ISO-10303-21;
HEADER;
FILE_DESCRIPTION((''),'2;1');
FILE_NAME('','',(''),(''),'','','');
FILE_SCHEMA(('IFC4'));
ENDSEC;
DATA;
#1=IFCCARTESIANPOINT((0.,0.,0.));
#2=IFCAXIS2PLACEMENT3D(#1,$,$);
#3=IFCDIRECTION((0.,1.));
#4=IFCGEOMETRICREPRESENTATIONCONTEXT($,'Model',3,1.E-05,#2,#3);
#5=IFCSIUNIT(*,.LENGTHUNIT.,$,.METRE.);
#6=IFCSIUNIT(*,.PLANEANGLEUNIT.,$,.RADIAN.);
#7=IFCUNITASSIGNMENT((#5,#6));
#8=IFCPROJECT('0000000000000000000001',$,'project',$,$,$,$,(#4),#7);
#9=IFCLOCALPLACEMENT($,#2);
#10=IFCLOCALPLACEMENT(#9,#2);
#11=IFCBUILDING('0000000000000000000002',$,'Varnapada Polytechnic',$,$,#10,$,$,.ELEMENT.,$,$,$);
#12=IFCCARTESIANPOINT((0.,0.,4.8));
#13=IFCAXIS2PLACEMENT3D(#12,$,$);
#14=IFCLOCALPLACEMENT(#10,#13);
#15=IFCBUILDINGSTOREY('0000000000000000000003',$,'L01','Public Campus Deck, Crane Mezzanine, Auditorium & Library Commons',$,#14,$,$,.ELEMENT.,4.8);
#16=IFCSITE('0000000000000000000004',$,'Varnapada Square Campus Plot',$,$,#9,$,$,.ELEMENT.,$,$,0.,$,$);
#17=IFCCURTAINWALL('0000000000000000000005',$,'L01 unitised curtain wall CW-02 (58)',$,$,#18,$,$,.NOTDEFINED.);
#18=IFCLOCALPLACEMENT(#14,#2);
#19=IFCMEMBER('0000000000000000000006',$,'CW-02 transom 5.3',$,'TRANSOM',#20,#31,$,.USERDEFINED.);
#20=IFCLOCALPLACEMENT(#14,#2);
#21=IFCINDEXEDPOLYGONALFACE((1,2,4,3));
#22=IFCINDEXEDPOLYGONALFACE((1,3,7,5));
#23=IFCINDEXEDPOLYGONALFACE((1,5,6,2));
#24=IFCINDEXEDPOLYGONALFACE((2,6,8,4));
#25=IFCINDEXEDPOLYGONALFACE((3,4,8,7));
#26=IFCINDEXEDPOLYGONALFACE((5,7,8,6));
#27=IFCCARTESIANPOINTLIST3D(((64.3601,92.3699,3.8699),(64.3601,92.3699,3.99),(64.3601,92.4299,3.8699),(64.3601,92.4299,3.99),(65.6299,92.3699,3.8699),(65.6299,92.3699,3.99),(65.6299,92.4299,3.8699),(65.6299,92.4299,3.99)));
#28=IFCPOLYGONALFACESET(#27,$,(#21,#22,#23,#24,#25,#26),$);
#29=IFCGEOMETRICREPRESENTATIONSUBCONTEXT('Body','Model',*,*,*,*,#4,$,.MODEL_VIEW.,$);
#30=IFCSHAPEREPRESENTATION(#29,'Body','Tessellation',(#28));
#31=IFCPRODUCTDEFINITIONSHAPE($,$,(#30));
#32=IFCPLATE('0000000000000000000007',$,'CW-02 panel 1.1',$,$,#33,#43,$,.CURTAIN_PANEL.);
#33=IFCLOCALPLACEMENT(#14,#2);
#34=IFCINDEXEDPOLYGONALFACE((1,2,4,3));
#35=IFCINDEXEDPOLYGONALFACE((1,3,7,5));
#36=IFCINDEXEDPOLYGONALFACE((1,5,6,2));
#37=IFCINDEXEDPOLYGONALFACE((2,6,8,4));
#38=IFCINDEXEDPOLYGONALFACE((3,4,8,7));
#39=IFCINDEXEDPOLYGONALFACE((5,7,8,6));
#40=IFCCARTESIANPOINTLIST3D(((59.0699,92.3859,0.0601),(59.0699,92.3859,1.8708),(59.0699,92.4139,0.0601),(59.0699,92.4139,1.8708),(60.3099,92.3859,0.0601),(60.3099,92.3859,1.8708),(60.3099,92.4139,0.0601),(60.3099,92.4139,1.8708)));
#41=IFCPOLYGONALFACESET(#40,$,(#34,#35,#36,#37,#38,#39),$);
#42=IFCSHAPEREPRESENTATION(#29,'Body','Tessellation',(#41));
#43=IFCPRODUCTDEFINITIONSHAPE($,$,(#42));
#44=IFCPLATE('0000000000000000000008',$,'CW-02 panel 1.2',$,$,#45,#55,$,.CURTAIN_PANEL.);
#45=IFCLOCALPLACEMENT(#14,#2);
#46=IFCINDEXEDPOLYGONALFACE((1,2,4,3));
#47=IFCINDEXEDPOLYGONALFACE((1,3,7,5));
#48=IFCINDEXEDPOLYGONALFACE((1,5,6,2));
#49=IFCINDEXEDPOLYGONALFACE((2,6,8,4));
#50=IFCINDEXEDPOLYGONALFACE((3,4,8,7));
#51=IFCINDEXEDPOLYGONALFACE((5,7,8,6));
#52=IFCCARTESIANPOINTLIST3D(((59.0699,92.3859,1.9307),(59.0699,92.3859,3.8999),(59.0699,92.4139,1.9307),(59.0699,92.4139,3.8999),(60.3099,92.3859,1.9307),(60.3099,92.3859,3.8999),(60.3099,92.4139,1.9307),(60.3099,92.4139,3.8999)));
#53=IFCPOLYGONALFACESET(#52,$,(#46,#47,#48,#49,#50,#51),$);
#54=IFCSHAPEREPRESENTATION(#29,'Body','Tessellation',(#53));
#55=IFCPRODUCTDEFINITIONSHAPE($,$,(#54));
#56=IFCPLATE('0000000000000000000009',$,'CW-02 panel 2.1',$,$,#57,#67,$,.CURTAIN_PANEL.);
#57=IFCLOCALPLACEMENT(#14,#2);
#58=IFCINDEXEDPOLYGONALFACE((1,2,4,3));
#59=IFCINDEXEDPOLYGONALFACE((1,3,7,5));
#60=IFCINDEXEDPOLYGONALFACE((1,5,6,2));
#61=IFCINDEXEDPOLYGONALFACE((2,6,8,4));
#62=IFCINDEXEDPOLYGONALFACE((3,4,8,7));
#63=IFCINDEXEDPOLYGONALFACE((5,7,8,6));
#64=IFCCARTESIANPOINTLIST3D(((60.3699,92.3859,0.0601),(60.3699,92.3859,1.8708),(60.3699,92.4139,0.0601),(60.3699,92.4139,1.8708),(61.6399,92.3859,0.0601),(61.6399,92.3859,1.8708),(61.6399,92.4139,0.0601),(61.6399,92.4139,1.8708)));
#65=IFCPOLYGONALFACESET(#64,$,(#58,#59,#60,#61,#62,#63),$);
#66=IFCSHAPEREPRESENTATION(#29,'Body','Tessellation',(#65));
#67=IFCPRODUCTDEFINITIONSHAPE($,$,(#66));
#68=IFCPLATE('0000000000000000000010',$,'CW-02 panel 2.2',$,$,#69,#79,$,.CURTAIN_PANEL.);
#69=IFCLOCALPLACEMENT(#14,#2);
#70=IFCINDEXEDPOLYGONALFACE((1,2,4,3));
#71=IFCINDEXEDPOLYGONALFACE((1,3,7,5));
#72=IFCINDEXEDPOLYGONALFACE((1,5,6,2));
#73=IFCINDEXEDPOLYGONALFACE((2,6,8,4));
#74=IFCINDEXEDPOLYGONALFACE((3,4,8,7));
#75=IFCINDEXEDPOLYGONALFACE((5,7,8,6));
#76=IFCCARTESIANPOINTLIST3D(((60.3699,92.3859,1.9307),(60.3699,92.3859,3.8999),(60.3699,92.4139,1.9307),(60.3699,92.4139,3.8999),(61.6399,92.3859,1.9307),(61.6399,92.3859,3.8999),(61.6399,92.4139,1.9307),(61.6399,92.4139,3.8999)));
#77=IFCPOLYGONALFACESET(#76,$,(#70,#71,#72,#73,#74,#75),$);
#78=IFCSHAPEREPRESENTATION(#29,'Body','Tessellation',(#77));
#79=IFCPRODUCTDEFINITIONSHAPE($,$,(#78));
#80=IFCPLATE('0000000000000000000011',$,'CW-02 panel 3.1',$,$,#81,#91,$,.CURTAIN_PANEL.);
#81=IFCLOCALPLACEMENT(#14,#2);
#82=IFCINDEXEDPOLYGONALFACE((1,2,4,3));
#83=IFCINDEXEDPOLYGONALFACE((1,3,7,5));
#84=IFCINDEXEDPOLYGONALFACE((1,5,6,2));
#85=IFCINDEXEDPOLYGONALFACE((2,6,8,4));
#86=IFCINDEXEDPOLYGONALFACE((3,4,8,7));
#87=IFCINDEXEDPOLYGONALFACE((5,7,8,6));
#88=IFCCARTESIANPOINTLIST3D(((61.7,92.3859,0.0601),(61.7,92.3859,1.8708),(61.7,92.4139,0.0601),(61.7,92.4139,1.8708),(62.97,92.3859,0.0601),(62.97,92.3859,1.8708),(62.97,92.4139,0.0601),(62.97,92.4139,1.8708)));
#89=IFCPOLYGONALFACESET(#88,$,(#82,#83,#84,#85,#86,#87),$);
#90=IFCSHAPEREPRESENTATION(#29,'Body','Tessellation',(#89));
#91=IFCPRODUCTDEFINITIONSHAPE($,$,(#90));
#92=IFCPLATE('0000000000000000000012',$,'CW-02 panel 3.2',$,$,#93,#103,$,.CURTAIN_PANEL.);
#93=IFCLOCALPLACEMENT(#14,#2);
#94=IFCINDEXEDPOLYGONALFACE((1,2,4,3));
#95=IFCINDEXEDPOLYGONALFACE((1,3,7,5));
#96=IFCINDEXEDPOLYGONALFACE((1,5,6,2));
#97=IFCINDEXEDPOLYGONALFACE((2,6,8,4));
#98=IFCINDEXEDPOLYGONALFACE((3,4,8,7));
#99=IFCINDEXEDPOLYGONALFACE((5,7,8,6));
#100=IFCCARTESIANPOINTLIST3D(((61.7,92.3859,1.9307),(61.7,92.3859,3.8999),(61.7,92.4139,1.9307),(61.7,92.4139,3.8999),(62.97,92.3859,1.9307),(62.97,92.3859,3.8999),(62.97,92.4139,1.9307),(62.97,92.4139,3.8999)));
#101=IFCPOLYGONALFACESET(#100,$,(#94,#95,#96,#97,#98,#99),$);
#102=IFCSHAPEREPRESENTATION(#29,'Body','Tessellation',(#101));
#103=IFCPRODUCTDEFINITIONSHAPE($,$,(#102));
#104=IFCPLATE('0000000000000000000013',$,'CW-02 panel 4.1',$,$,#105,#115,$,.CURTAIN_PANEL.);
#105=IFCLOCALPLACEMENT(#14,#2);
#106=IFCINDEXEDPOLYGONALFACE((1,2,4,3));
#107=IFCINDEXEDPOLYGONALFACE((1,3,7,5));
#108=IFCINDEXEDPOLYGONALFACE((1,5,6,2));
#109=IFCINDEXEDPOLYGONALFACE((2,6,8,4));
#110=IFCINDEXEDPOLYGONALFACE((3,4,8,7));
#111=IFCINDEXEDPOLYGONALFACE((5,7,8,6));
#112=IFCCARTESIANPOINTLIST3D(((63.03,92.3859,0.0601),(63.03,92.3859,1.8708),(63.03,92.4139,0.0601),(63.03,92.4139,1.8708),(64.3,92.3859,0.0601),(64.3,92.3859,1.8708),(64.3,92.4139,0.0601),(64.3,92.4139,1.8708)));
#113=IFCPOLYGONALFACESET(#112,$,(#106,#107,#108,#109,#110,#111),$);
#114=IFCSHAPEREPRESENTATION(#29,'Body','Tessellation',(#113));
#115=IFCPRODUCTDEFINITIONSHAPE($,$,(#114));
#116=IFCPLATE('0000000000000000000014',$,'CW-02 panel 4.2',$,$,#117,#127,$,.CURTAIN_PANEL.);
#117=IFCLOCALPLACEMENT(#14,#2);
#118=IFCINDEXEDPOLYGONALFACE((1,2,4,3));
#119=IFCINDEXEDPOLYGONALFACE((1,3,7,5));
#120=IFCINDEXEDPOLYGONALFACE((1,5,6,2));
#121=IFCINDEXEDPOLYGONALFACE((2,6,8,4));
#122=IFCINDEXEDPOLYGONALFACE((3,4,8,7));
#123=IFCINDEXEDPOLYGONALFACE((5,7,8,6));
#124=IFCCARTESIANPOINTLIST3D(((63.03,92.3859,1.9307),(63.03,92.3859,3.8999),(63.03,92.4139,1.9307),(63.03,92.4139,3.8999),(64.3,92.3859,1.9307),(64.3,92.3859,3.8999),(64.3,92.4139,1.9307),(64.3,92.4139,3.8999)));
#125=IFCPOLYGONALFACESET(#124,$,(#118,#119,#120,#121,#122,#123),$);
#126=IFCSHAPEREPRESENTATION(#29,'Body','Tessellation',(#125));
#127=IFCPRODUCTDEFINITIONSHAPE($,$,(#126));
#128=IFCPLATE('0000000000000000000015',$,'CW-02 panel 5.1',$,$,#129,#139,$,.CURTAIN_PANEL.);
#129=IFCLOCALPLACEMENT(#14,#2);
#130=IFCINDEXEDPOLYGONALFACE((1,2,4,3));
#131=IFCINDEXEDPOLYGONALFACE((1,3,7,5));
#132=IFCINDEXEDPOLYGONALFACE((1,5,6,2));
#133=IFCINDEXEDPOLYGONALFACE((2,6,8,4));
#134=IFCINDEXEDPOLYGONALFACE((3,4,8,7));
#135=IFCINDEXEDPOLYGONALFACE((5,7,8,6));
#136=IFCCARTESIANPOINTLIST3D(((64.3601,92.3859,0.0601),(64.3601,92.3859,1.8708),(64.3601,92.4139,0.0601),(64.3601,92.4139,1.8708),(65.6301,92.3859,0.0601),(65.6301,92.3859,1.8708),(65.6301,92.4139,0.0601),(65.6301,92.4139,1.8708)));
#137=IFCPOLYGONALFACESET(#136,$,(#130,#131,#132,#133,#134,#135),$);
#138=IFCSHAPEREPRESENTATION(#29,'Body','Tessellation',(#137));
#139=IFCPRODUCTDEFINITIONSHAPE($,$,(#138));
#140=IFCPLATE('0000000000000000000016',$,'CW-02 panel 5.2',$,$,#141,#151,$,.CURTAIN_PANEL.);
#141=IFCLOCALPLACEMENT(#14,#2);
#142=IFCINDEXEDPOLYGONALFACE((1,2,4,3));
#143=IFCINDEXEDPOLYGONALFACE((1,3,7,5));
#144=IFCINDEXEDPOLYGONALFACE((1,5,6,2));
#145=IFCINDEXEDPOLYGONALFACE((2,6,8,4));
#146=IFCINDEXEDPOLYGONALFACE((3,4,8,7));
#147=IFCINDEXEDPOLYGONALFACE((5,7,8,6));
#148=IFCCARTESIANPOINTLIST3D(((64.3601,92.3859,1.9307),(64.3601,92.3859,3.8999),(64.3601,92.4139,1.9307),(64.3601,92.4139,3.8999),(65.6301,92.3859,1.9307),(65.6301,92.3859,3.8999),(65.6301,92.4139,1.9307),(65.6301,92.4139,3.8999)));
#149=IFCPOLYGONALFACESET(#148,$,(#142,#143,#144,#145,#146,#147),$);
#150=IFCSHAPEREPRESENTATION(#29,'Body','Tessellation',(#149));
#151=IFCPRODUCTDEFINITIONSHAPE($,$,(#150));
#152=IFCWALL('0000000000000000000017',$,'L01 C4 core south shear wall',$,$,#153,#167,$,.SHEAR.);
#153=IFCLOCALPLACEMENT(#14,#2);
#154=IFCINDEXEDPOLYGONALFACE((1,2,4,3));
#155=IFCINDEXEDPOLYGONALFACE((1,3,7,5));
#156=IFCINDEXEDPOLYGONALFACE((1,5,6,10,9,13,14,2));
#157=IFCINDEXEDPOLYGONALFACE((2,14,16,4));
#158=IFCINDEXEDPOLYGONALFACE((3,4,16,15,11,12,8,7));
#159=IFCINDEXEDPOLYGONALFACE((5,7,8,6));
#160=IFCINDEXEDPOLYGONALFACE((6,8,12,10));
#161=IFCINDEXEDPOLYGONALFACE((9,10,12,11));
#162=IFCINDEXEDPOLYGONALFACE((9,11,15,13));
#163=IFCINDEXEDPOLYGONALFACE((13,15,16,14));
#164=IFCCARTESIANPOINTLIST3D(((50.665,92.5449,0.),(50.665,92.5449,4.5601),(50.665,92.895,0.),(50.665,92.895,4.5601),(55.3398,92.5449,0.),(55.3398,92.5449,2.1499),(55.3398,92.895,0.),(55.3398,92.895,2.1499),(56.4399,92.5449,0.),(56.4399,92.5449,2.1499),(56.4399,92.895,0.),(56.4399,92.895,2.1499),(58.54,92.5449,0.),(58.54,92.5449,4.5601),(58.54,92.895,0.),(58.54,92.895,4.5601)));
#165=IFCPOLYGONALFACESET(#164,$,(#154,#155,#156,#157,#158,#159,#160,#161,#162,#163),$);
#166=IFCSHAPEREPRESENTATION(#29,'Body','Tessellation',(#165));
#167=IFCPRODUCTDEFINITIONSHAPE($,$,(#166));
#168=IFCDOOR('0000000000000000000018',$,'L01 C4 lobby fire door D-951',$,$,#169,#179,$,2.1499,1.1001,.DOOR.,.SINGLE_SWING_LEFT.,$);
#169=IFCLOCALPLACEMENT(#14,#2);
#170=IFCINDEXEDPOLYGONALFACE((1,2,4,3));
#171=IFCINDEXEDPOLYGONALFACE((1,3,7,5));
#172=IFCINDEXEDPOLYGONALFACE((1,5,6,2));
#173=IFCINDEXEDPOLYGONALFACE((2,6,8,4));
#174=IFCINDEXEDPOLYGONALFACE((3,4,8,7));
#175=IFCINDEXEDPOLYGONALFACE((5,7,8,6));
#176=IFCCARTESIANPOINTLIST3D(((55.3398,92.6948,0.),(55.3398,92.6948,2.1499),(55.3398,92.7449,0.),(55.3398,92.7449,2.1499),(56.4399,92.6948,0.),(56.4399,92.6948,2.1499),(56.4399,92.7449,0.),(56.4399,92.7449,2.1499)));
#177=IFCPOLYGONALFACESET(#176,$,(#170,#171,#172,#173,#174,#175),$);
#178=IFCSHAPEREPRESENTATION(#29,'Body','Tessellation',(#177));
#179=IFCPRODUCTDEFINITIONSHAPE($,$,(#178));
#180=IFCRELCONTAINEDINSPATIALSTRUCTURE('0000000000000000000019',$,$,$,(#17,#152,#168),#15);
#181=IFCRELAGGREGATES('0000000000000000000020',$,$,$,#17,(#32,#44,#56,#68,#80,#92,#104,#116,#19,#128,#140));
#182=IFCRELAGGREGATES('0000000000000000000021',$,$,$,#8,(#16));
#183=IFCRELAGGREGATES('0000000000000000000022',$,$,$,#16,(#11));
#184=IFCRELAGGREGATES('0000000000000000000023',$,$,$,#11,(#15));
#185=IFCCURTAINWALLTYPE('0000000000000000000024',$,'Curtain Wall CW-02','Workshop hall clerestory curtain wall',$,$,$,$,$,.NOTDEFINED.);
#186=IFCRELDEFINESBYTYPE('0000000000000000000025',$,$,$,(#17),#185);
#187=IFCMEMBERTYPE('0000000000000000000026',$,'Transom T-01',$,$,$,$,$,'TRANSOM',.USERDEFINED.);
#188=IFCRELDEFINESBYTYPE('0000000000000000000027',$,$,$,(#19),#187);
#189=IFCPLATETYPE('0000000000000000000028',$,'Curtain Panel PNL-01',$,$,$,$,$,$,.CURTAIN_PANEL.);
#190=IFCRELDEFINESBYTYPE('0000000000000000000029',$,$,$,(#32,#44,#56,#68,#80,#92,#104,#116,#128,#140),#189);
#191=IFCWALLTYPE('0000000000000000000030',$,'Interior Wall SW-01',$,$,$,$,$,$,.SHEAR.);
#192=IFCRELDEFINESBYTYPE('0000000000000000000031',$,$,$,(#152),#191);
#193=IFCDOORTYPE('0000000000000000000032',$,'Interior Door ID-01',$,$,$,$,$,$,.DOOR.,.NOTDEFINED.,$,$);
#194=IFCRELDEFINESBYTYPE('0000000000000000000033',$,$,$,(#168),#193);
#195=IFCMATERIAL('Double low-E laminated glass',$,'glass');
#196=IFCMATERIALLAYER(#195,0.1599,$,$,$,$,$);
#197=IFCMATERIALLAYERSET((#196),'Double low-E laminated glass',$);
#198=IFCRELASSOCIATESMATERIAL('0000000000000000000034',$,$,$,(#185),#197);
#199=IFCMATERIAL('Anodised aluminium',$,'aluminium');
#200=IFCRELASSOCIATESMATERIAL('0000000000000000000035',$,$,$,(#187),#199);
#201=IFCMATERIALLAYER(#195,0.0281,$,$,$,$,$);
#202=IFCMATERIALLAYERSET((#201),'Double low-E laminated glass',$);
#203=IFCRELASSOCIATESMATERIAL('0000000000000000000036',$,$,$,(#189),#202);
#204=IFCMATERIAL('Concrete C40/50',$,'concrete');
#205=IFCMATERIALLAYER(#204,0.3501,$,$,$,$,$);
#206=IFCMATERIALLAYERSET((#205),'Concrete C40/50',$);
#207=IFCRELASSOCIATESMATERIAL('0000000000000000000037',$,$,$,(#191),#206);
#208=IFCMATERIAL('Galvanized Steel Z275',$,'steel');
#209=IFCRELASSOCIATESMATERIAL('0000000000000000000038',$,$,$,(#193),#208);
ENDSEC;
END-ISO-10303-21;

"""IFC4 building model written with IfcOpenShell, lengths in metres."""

from ifc_helpers import new_model, si_unit, direction, frame, frame_2d, origin, origin_2d, place, context, subcontext, project, spatial, rectangle, extrude, material, layer, layer_set, material_profile, profile_set, type_object, element, fill, aggregate, save


model = new_model("IFC4")

# Units and contexts
model_context = context("Model", 3, precision=1e-05, world=origin(), true_north=direction((0.0, 1.0)))
body_context = subcontext(model_context, "Body", "Model", "MODEL_VIEW")
ifc_project = project(units=[si_unit("LENGTHUNIT", "METRE"), si_unit("PLANEANGLEUNIT", "RADIAN")], contexts=[model_context])

# Site, building, storey
site_placement = place(None, origin())
site = spatial("IfcSite", under=ifc_project, at=site_placement, Name="Varnapada Square Campus Plot", CompositionType="ELEMENT", RefElevation=0.0)
building_placement = place(site_placement, origin())
building = spatial("IfcBuilding", under=site, at=building_placement, Name="Varnapada Polytechnic", CompositionType="ELEMENT")
storey_placement = place(building_placement, frame((0.0, 0.0, 4.8)))
storey = spatial("IfcBuildingStorey", under=building, at=storey_placement, Name="L01", Description="Public Campus Deck, Crane Mezzanine, Auditorium & Library Commons", CompositionType="ELEMENT", Elevation=4.8)

# Curtain wall, member, plates
ifc_material_1 = material(Name="Double low-E laminated glass", Category="glass")
ifc_layer_1 = layer(ifc_material_1, 0.1599)
ifc_layer_set_1 = layer_set([ifc_layer_1], Name="Double low-E laminated glass")
curtain_wall_type = type_object("IfcCurtainWallType", Name="Curtain Wall CW-02", Description="Workshop hall clerestory curtain wall", PredefinedType="NOTDEFINED", material=ifc_layer_set_1)
curtain_wall_placement = place(storey_placement, origin())
curtain_wall = element("IfcCurtainWall", 1, at=curtain_wall_placement, inside=storey, type_object=curtain_wall_type, Name="L01 unitised curtain wall CW-02 (58)", PredefinedType="NOTDEFINED")
ifc_material_2 = material(Name="Anodised aluminium", Category="aluminium")
ifc_material_profile_1 = material_profile(ifc_material_2, rectangle(XDim=0.0601, YDim=0.1201, at=origin_2d()), Name="ALU T60x120")
ifc_profile_set_1 = profile_set([ifc_material_profile_1], Name="Anodised aluminium")
member_type_1 = type_object("IfcMemberType", Name="Transom T-01", ElementType="TRANSOM", PredefinedType="USERDEFINED", material=ifc_profile_set_1)
member_1_placement = place(storey_placement, frame((64.3601, 92.3999, 3.9299), z_axis=(1.0, 0.0, 0.0), x_axis=(0.0, 1.0, 0.0)))
member_1 = element("IfcMember", 2, at=member_1_placement, type_object=member_type_1, Name="CW-02 transom 5.3", ObjectType="TRANSOM", PredefinedType="USERDEFINED", context=body_context, shape_type="SweptSolid", body=[
    extrude(rectangle(XDim=0.0601, YDim=0.1201, at=origin_2d()), origin(), (0.0, 0.0, 1.0), 1.2698),
])
ifc_layer_2 = layer(ifc_material_1, 0.0281)
ifc_layer_set_2 = layer_set([ifc_layer_2], Name="Double low-E laminated glass")
plate_type = type_object("IfcPlateType", Name="Curtain Panel PNL-01", PredefinedType="CURTAIN_PANEL", material=ifc_layer_set_2)
plate_1_placement = place(storey_placement, frame((59.6899, 92.3999, 0.0601), z_axis=(0.0, 0.0, 1.0), x_axis=(1.0, 0.0, 0.0)))
plate_1 = element("IfcPlate", 3, at=plate_1_placement, type_object=plate_type, Name="CW-02 panel 1.1", PredefinedType="CURTAIN_PANEL", context=body_context, shape_type="SweptSolid", body=[
    extrude(rectangle(XDim=1.24, YDim=0.0281, at=origin_2d()), origin(), (0.0, 0.0, 1.0), 1.8108),
])
plate_2_placement = place(storey_placement, frame((59.6899, 92.3999, 1.9307), z_axis=(0.0, 0.0, 1.0), x_axis=(1.0, 0.0, 0.0)))
plate_2 = element("IfcPlate", 4, at=plate_2_placement, type_object=plate_type, Name="CW-02 panel 1.2", PredefinedType="CURTAIN_PANEL", context=body_context, shape_type="SweptSolid", body=[
    extrude(rectangle(XDim=1.24, YDim=0.0281, at=origin_2d()), origin(), (0.0, 0.0, 1.0), 1.9692),
])
plate_3_placement = place(storey_placement, frame((61.0049, 92.3999, 0.0601), z_axis=(0.0, 0.0, 1.0), x_axis=(1.0, 0.0, 0.0)))
plate_3 = element("IfcPlate", 5, at=plate_3_placement, type_object=plate_type, Name="CW-02 panel 2.1", PredefinedType="CURTAIN_PANEL", context=body_context, shape_type="SweptSolid", body=[
    extrude(rectangle(XDim=1.27, YDim=0.0281, at=origin_2d()), origin(), (0.0, 0.0, 1.0), 1.8108),
])
plate_4_placement = place(storey_placement, frame((61.0049, 92.3999, 1.9307), z_axis=(0.0, 0.0, 1.0), x_axis=(1.0, 0.0, 0.0)))
plate_4 = element("IfcPlate", 6, at=plate_4_placement, type_object=plate_type, Name="CW-02 panel 2.2", PredefinedType="CURTAIN_PANEL", context=body_context, shape_type="SweptSolid", body=[
    extrude(rectangle(XDim=1.27, YDim=0.0281, at=origin_2d()), origin(), (0.0, 0.0, 1.0), 1.9692),
])
plate_5_placement = place(storey_placement, frame((62.335, 92.3999, 0.0601), z_axis=(0.0, 0.0, 1.0), x_axis=(1.0, 0.0, 0.0)))
plate_5 = element("IfcPlate", 7, at=plate_5_placement, type_object=plate_type, Name="CW-02 panel 3.1", PredefinedType="CURTAIN_PANEL", context=body_context, shape_type="SweptSolid", body=[
    extrude(rectangle(XDim=1.27, YDim=0.0281, at=origin_2d()), origin(), (0.0, 0.0, 1.0), 1.8108),
])
plate_6_placement = place(storey_placement, frame((62.335, 92.3999, 1.9307), z_axis=(0.0, 0.0, 1.0), x_axis=(1.0, 0.0, 0.0)))
plate_6 = element("IfcPlate", 8, at=plate_6_placement, type_object=plate_type, Name="CW-02 panel 3.2", PredefinedType="CURTAIN_PANEL", context=body_context, shape_type="SweptSolid", body=[
    extrude(rectangle(XDim=1.27, YDim=0.0281, at=origin_2d()), origin(), (0.0, 0.0, 1.0), 1.9692),
])
plate_7_placement = place(storey_placement, frame((63.665, 92.3999, 0.0601), z_axis=(0.0, 0.0, 1.0), x_axis=(1.0, 0.0, 0.0)))
plate_7 = element("IfcPlate", 9, at=plate_7_placement, type_object=plate_type, Name="CW-02 panel 4.1", PredefinedType="CURTAIN_PANEL", context=body_context, shape_type="SweptSolid", body=[
    extrude(rectangle(XDim=1.27, YDim=0.0281, at=origin_2d()), origin(), (0.0, 0.0, 1.0), 1.8108),
])
plate_8_placement = place(storey_placement, frame((63.665, 92.3999, 1.9307), z_axis=(0.0, 0.0, 1.0), x_axis=(1.0, 0.0, 0.0)))
plate_8 = element("IfcPlate", 10, at=plate_8_placement, type_object=plate_type, Name="CW-02 panel 4.2", PredefinedType="CURTAIN_PANEL", context=body_context, shape_type="SweptSolid", body=[
    extrude(rectangle(XDim=1.27, YDim=0.0281, at=origin_2d()), origin(), (0.0, 0.0, 1.0), 1.9692),
])
plate_9_placement = place(storey_placement, frame((64.9951, 92.3999, 0.0601), z_axis=(0.0, 0.0, 1.0), x_axis=(1.0, 0.0, 0.0)))
plate_9 = element("IfcPlate", 11, at=plate_9_placement, type_object=plate_type, Name="CW-02 panel 5.1", PredefinedType="CURTAIN_PANEL", context=body_context, shape_type="SweptSolid", body=[
    extrude(rectangle(XDim=1.27, YDim=0.0281, at=origin_2d()), origin(), (0.0, 0.0, 1.0), 1.8108),
])
plate_10_placement = place(storey_placement, frame((64.9951, 92.3999, 1.9307), z_axis=(0.0, 0.0, 1.0), x_axis=(1.0, 0.0, 0.0)))
plate_10 = element("IfcPlate", 12, at=plate_10_placement, type_object=plate_type, Name="CW-02 panel 5.2", PredefinedType="CURTAIN_PANEL", context=body_context, shape_type="SweptSolid", body=[
    extrude(rectangle(XDim=1.27, YDim=0.0281, at=origin_2d()), origin(), (0.0, 0.0, 1.0), 1.9692),
])
aggregate(curtain_wall, [plate_1, plate_2, plate_3, plate_4, plate_5, plate_6, plate_7, plate_8, member_1, plate_9, plate_10])

# Wall, opening, door
ifc_material_3 = material(Name="Concrete C40/50", Category="concrete")
ifc_layer_3 = layer(ifc_material_3, 0.3501)
ifc_layer_set_3 = layer_set([ifc_layer_3], Name="Concrete C40/50")
wall_type = type_object("IfcWallType", Name="Interior Wall SW-01", PredefinedType="SHEAR", material=ifc_layer_set_3)
wall_placement = place(storey_placement, frame((58.54, 92.72, 0.0), z_axis=(0.0, 0.0, 1.0), x_axis=(-1.0, 0.0, 0.0)))
wall = element("IfcWall", 13, at=wall_placement, inside=storey, type_object=wall_type, Name="L01 C4 core south shear wall", PredefinedType="SHEAR", context=body_context, shape_type="SweptSolid", body=[
    extrude(rectangle(XDim=7.875, YDim=0.3501, at=frame_2d((3.9375, 0.0))), origin(), (0.0, 0.0, 1.0), 4.5601),
])
opening_placement = place(wall_placement, frame((2.1001, 0.0, 0.0)))
opening = element("IfcOpeningElement", 14, at=opening_placement, cuts=wall, PredefinedType="OPENING", context=body_context, shape_type="SweptSolid", body=[
    extrude(rectangle(XDim=1.1001, YDim=2.1499, at=frame_2d((0.55, 1.075))), frame((0.0, 0.1851, 0.0), z_axis=(0.0, -1.0, 0.0), x_axis=(1.0, 0.0, 0.0)), (0.0, 0.0, 1.0), 0.3701),
])
ifc_material_4 = material(Name="Galvanized Steel Z275", Category="steel")
door_type = type_object("IfcDoorType", Name="Interior Door ID-01", OperationType="NOTDEFINED", PredefinedType="DOOR", material=ifc_material_4)
door_placement = place(opening_placement, frame((1.1001, 0.0, 0.0), z_axis=(0.0, 0.0, 1.0), x_axis=(-1.0, 0.0, 0.0)))
door = element("IfcDoor", 15, at=door_placement, inside=storey, type_object=door_type, Name="L01 C4 lobby fire door D-951", OperationType="SINGLE_SWING_LEFT", OverallHeight=2.1499, OverallWidth=1.1001, PredefinedType="DOOR", context=body_context, shape_type="SweptSolid", body=[
    extrude(rectangle(XDim=1.1001, YDim=2.1499, at=frame_2d((0.55, 1.075))), frame((0.0, 0.0249, 0.0), z_axis=(0.0, -1.0, 0.0), x_axis=(1.0, 0.0, 0.0)), (0.0, 0.0, 1.0), 0.05),
])
fill(opening, door)

save(model, "model.ifc")
